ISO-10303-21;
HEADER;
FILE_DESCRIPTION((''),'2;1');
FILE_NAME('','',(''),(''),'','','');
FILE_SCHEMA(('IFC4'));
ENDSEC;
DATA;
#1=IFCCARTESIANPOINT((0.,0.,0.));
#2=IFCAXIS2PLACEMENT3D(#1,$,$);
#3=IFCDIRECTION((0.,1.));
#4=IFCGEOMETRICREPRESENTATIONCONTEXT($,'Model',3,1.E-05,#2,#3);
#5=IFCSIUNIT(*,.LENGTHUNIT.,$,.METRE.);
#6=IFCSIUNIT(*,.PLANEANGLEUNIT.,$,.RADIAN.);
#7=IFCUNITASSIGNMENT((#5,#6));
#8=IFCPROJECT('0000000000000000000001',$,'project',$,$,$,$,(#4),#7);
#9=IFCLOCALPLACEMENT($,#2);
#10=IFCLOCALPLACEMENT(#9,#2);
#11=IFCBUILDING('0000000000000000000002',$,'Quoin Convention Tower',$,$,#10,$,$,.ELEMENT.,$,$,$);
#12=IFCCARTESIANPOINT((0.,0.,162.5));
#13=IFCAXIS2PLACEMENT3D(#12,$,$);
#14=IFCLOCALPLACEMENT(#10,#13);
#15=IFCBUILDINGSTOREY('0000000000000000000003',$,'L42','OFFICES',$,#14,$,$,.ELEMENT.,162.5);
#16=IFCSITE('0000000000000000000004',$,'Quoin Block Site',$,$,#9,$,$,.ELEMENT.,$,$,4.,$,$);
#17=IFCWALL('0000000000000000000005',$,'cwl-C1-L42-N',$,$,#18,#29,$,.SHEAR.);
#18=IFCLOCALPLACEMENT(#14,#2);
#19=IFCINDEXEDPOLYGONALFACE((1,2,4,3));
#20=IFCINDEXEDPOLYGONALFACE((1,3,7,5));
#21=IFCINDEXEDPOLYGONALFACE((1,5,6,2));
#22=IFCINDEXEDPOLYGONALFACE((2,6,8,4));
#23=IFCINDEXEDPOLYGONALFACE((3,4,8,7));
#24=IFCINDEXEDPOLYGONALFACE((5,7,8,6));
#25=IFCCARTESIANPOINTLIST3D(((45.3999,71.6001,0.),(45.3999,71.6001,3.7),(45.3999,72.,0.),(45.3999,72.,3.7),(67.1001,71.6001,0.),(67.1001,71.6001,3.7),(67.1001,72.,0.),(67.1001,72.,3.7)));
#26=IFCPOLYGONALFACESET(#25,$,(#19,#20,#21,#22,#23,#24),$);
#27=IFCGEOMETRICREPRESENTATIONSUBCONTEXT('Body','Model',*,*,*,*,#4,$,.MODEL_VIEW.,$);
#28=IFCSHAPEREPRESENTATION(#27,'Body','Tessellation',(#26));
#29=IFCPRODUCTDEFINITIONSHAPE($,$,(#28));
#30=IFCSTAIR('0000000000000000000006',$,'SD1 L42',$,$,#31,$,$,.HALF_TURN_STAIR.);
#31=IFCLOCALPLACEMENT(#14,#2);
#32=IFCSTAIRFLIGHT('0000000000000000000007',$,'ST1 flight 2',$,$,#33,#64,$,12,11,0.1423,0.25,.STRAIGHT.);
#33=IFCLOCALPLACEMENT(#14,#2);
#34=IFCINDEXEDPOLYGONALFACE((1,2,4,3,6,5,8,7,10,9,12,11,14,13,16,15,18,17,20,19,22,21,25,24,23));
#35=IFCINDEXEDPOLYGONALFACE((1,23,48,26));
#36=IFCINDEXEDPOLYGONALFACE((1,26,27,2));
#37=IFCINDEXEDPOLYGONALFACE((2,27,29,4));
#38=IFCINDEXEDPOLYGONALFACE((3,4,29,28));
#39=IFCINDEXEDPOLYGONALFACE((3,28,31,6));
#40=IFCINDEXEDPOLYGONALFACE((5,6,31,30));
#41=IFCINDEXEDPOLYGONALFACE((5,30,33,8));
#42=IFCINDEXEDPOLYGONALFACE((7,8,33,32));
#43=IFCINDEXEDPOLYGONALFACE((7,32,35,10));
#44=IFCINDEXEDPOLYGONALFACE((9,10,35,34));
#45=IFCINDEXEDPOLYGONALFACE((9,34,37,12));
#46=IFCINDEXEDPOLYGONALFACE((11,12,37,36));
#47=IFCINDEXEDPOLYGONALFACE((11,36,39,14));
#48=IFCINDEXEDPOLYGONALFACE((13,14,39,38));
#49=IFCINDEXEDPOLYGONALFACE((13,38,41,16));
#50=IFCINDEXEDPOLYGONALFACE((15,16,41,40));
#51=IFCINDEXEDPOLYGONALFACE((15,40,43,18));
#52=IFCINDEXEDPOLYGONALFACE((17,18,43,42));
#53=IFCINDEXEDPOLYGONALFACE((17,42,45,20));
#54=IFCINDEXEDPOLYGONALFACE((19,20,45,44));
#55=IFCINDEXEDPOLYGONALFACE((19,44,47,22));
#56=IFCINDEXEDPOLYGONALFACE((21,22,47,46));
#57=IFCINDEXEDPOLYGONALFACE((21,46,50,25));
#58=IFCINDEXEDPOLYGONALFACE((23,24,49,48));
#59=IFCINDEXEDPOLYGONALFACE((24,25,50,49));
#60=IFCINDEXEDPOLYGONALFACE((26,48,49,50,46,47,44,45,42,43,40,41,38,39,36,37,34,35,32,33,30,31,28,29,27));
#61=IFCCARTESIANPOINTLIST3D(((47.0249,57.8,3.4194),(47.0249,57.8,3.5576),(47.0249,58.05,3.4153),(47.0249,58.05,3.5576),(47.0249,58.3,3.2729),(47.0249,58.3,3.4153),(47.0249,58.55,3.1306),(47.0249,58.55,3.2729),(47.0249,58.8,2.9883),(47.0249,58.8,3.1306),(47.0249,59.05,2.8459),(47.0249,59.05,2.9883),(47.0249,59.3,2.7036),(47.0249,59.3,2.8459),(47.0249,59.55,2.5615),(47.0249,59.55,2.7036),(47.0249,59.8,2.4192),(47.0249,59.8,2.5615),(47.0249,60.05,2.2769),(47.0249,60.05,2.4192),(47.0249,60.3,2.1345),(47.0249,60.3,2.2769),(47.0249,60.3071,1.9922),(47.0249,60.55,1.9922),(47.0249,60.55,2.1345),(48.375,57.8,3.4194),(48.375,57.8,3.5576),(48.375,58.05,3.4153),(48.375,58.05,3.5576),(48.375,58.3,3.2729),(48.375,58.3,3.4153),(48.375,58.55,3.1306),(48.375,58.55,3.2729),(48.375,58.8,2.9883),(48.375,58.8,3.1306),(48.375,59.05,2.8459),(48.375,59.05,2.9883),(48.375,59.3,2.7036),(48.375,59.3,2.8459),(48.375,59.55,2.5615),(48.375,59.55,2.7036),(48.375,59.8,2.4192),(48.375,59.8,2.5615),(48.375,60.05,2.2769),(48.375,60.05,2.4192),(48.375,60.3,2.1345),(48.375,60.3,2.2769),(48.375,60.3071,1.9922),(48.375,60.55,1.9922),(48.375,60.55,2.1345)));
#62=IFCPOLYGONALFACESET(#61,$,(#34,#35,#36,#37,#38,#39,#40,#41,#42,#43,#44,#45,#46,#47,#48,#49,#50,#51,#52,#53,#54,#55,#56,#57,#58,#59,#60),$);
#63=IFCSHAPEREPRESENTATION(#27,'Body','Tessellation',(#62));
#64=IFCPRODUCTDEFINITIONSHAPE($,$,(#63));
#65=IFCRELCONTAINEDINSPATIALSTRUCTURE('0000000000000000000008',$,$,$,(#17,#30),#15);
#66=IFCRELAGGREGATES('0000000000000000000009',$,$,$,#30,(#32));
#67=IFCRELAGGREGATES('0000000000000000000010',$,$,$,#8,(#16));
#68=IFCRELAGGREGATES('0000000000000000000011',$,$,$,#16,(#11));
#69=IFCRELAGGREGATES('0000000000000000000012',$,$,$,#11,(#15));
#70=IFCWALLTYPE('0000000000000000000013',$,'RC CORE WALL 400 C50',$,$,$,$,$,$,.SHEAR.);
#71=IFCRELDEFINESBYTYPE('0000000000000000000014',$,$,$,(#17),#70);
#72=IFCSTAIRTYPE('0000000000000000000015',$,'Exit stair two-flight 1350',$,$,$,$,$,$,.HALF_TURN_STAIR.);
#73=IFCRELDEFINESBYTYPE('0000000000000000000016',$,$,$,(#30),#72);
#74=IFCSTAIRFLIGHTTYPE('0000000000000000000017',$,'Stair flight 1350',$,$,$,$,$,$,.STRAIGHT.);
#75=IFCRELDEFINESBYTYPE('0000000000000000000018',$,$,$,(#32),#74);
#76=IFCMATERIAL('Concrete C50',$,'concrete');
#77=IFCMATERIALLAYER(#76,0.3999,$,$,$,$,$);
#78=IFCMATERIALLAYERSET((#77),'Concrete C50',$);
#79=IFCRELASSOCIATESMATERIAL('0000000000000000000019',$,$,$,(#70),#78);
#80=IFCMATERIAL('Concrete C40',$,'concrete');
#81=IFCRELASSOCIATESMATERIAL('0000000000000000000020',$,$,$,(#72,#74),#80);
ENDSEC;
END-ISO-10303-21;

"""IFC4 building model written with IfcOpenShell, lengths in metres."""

from ifc_helpers import new_model, si_unit, direction, frame, frame_2d, origin, place, context, subcontext, project, spatial, polyline, rectangle, outline, extrude, material, layer, layer_set, type_object, element, aggregate, save


model = new_model("IFC4")

# Units and contexts
model_context = context("Model", 3, precision=1e-05, world=origin(), true_north=direction((0.0, 1.0)))
body_context = subcontext(model_context, "Body", "Model", "MODEL_VIEW")
ifc_project = project(units=[si_unit("LENGTHUNIT", "METRE"), si_unit("PLANEANGLEUNIT", "RADIAN")], contexts=[model_context])

# Site, building, storey
site_placement = place(None, origin())
site = spatial("IfcSite", under=ifc_project, at=site_placement, Name="Quoin Block Site", CompositionType="ELEMENT", RefElevation=4.0)
building_placement = place(site_placement, origin())
building = spatial("IfcBuilding", under=site, at=building_placement, Name="Quoin Convention Tower", CompositionType="ELEMENT")
storey_placement = place(building_placement, frame((0.0, 0.0, 162.5)))
storey = spatial("IfcBuildingStorey", under=building, at=storey_placement, Name="L42", Description="OFFICES", CompositionType="ELEMENT", Elevation=162.5)

# Shared definitions
ifc_material_1 = material(Name="Concrete C50", Category="concrete")

# Wall
ifc_layer_1 = layer(ifc_material_1, 0.3999)
ifc_layer_set_1 = layer_set([ifc_layer_1], Name="Concrete C50")
wall_type_1 = type_object("IfcWallType", Name="RC CORE WALL 400 C50", PredefinedType="SHEAR", material=ifc_layer_set_1)
wall_1_placement = place(storey_placement, frame((45.3999, 71.8, 0.0), z_axis=(0.0, 0.0, 1.0), x_axis=(1.0, 0.0, 0.0)))
element("IfcWall", 1, at=wall_1_placement, inside=storey, type_object=wall_type_1, Name="cwl-C1-L42-N", PredefinedType="SHEAR", context=body_context, shape_type="SweptSolid", body=[
    extrude(rectangle(XDim=21.7002, YDim=0.3999, at=frame_2d((10.8501, 0.0))), origin(), (0.0, 0.0, 1.0), 3.7),
])

# Stair, stair flight
ifc_material_2 = material(Name="Concrete C40", Category="concrete")
stair_type = type_object("IfcStairType", Name="Exit stair two-flight 1350", PredefinedType="HALF_TURN_STAIR", material=ifc_material_2)
stair_placement = place(storey_placement, origin())
stair = element("IfcStair", 2, at=stair_placement, inside=storey, type_object=stair_type, Name="SD1 L42", PredefinedType="HALF_TURN_STAIR")
stair_flight_type = type_object("IfcStairFlightType", Name="Stair flight 1350", PredefinedType="STRAIGHT", material=ifc_material_2)
stair_flight_placement = place(storey_placement, frame((47.7, 60.55, 1.9922), z_axis=(0.0, 0.0, 1.0), x_axis=(0.0, -1.0, 0.0)))
stair_flight = element("IfcStairFlight", 3, at=stair_flight_placement, type_object=stair_flight_type, Name="ST1 flight 2", NumberOfRisers=12, NumberOfTreads=11, PredefinedType="STRAIGHT", RiserHeight=0.1423, TreadLength=0.25, context=body_context, shape_type="SweptSolid", body=[
    extrude(outline(polyline([(0.0, 0.0), (0.0, 0.1423), (0.25, 0.1423), (0.25, 0.2847), (0.5, 0.2847), (0.5, 0.427), (0.75, 0.427), (0.75, 0.5693), (1.0, 0.5693), (1.0, 0.7114), (1.25, 0.7114), (1.25, 0.8538), (1.5, 0.8538), (1.5, 0.9961), (1.75, 0.9961), (1.75, 1.1384), (2.0, 1.1384), (2.0, 1.2808), (2.25, 1.2808), (2.25, 1.4231), (2.5, 1.4231), (2.5, 1.5654), (2.75, 1.5654), (2.75, 1.7078), (2.75, 1.4272), (0.2429, 0.0), (0.0, 0.0)])), frame((0.0, 0.675, 0.0), z_axis=(0.0, -1.0, 0.0), x_axis=(1.0, 0.0, 0.0)), (0.0, 0.0, 1.0), 1.3501),
])
aggregate(stair, [stair_flight])

save(model, "model.ifc")
